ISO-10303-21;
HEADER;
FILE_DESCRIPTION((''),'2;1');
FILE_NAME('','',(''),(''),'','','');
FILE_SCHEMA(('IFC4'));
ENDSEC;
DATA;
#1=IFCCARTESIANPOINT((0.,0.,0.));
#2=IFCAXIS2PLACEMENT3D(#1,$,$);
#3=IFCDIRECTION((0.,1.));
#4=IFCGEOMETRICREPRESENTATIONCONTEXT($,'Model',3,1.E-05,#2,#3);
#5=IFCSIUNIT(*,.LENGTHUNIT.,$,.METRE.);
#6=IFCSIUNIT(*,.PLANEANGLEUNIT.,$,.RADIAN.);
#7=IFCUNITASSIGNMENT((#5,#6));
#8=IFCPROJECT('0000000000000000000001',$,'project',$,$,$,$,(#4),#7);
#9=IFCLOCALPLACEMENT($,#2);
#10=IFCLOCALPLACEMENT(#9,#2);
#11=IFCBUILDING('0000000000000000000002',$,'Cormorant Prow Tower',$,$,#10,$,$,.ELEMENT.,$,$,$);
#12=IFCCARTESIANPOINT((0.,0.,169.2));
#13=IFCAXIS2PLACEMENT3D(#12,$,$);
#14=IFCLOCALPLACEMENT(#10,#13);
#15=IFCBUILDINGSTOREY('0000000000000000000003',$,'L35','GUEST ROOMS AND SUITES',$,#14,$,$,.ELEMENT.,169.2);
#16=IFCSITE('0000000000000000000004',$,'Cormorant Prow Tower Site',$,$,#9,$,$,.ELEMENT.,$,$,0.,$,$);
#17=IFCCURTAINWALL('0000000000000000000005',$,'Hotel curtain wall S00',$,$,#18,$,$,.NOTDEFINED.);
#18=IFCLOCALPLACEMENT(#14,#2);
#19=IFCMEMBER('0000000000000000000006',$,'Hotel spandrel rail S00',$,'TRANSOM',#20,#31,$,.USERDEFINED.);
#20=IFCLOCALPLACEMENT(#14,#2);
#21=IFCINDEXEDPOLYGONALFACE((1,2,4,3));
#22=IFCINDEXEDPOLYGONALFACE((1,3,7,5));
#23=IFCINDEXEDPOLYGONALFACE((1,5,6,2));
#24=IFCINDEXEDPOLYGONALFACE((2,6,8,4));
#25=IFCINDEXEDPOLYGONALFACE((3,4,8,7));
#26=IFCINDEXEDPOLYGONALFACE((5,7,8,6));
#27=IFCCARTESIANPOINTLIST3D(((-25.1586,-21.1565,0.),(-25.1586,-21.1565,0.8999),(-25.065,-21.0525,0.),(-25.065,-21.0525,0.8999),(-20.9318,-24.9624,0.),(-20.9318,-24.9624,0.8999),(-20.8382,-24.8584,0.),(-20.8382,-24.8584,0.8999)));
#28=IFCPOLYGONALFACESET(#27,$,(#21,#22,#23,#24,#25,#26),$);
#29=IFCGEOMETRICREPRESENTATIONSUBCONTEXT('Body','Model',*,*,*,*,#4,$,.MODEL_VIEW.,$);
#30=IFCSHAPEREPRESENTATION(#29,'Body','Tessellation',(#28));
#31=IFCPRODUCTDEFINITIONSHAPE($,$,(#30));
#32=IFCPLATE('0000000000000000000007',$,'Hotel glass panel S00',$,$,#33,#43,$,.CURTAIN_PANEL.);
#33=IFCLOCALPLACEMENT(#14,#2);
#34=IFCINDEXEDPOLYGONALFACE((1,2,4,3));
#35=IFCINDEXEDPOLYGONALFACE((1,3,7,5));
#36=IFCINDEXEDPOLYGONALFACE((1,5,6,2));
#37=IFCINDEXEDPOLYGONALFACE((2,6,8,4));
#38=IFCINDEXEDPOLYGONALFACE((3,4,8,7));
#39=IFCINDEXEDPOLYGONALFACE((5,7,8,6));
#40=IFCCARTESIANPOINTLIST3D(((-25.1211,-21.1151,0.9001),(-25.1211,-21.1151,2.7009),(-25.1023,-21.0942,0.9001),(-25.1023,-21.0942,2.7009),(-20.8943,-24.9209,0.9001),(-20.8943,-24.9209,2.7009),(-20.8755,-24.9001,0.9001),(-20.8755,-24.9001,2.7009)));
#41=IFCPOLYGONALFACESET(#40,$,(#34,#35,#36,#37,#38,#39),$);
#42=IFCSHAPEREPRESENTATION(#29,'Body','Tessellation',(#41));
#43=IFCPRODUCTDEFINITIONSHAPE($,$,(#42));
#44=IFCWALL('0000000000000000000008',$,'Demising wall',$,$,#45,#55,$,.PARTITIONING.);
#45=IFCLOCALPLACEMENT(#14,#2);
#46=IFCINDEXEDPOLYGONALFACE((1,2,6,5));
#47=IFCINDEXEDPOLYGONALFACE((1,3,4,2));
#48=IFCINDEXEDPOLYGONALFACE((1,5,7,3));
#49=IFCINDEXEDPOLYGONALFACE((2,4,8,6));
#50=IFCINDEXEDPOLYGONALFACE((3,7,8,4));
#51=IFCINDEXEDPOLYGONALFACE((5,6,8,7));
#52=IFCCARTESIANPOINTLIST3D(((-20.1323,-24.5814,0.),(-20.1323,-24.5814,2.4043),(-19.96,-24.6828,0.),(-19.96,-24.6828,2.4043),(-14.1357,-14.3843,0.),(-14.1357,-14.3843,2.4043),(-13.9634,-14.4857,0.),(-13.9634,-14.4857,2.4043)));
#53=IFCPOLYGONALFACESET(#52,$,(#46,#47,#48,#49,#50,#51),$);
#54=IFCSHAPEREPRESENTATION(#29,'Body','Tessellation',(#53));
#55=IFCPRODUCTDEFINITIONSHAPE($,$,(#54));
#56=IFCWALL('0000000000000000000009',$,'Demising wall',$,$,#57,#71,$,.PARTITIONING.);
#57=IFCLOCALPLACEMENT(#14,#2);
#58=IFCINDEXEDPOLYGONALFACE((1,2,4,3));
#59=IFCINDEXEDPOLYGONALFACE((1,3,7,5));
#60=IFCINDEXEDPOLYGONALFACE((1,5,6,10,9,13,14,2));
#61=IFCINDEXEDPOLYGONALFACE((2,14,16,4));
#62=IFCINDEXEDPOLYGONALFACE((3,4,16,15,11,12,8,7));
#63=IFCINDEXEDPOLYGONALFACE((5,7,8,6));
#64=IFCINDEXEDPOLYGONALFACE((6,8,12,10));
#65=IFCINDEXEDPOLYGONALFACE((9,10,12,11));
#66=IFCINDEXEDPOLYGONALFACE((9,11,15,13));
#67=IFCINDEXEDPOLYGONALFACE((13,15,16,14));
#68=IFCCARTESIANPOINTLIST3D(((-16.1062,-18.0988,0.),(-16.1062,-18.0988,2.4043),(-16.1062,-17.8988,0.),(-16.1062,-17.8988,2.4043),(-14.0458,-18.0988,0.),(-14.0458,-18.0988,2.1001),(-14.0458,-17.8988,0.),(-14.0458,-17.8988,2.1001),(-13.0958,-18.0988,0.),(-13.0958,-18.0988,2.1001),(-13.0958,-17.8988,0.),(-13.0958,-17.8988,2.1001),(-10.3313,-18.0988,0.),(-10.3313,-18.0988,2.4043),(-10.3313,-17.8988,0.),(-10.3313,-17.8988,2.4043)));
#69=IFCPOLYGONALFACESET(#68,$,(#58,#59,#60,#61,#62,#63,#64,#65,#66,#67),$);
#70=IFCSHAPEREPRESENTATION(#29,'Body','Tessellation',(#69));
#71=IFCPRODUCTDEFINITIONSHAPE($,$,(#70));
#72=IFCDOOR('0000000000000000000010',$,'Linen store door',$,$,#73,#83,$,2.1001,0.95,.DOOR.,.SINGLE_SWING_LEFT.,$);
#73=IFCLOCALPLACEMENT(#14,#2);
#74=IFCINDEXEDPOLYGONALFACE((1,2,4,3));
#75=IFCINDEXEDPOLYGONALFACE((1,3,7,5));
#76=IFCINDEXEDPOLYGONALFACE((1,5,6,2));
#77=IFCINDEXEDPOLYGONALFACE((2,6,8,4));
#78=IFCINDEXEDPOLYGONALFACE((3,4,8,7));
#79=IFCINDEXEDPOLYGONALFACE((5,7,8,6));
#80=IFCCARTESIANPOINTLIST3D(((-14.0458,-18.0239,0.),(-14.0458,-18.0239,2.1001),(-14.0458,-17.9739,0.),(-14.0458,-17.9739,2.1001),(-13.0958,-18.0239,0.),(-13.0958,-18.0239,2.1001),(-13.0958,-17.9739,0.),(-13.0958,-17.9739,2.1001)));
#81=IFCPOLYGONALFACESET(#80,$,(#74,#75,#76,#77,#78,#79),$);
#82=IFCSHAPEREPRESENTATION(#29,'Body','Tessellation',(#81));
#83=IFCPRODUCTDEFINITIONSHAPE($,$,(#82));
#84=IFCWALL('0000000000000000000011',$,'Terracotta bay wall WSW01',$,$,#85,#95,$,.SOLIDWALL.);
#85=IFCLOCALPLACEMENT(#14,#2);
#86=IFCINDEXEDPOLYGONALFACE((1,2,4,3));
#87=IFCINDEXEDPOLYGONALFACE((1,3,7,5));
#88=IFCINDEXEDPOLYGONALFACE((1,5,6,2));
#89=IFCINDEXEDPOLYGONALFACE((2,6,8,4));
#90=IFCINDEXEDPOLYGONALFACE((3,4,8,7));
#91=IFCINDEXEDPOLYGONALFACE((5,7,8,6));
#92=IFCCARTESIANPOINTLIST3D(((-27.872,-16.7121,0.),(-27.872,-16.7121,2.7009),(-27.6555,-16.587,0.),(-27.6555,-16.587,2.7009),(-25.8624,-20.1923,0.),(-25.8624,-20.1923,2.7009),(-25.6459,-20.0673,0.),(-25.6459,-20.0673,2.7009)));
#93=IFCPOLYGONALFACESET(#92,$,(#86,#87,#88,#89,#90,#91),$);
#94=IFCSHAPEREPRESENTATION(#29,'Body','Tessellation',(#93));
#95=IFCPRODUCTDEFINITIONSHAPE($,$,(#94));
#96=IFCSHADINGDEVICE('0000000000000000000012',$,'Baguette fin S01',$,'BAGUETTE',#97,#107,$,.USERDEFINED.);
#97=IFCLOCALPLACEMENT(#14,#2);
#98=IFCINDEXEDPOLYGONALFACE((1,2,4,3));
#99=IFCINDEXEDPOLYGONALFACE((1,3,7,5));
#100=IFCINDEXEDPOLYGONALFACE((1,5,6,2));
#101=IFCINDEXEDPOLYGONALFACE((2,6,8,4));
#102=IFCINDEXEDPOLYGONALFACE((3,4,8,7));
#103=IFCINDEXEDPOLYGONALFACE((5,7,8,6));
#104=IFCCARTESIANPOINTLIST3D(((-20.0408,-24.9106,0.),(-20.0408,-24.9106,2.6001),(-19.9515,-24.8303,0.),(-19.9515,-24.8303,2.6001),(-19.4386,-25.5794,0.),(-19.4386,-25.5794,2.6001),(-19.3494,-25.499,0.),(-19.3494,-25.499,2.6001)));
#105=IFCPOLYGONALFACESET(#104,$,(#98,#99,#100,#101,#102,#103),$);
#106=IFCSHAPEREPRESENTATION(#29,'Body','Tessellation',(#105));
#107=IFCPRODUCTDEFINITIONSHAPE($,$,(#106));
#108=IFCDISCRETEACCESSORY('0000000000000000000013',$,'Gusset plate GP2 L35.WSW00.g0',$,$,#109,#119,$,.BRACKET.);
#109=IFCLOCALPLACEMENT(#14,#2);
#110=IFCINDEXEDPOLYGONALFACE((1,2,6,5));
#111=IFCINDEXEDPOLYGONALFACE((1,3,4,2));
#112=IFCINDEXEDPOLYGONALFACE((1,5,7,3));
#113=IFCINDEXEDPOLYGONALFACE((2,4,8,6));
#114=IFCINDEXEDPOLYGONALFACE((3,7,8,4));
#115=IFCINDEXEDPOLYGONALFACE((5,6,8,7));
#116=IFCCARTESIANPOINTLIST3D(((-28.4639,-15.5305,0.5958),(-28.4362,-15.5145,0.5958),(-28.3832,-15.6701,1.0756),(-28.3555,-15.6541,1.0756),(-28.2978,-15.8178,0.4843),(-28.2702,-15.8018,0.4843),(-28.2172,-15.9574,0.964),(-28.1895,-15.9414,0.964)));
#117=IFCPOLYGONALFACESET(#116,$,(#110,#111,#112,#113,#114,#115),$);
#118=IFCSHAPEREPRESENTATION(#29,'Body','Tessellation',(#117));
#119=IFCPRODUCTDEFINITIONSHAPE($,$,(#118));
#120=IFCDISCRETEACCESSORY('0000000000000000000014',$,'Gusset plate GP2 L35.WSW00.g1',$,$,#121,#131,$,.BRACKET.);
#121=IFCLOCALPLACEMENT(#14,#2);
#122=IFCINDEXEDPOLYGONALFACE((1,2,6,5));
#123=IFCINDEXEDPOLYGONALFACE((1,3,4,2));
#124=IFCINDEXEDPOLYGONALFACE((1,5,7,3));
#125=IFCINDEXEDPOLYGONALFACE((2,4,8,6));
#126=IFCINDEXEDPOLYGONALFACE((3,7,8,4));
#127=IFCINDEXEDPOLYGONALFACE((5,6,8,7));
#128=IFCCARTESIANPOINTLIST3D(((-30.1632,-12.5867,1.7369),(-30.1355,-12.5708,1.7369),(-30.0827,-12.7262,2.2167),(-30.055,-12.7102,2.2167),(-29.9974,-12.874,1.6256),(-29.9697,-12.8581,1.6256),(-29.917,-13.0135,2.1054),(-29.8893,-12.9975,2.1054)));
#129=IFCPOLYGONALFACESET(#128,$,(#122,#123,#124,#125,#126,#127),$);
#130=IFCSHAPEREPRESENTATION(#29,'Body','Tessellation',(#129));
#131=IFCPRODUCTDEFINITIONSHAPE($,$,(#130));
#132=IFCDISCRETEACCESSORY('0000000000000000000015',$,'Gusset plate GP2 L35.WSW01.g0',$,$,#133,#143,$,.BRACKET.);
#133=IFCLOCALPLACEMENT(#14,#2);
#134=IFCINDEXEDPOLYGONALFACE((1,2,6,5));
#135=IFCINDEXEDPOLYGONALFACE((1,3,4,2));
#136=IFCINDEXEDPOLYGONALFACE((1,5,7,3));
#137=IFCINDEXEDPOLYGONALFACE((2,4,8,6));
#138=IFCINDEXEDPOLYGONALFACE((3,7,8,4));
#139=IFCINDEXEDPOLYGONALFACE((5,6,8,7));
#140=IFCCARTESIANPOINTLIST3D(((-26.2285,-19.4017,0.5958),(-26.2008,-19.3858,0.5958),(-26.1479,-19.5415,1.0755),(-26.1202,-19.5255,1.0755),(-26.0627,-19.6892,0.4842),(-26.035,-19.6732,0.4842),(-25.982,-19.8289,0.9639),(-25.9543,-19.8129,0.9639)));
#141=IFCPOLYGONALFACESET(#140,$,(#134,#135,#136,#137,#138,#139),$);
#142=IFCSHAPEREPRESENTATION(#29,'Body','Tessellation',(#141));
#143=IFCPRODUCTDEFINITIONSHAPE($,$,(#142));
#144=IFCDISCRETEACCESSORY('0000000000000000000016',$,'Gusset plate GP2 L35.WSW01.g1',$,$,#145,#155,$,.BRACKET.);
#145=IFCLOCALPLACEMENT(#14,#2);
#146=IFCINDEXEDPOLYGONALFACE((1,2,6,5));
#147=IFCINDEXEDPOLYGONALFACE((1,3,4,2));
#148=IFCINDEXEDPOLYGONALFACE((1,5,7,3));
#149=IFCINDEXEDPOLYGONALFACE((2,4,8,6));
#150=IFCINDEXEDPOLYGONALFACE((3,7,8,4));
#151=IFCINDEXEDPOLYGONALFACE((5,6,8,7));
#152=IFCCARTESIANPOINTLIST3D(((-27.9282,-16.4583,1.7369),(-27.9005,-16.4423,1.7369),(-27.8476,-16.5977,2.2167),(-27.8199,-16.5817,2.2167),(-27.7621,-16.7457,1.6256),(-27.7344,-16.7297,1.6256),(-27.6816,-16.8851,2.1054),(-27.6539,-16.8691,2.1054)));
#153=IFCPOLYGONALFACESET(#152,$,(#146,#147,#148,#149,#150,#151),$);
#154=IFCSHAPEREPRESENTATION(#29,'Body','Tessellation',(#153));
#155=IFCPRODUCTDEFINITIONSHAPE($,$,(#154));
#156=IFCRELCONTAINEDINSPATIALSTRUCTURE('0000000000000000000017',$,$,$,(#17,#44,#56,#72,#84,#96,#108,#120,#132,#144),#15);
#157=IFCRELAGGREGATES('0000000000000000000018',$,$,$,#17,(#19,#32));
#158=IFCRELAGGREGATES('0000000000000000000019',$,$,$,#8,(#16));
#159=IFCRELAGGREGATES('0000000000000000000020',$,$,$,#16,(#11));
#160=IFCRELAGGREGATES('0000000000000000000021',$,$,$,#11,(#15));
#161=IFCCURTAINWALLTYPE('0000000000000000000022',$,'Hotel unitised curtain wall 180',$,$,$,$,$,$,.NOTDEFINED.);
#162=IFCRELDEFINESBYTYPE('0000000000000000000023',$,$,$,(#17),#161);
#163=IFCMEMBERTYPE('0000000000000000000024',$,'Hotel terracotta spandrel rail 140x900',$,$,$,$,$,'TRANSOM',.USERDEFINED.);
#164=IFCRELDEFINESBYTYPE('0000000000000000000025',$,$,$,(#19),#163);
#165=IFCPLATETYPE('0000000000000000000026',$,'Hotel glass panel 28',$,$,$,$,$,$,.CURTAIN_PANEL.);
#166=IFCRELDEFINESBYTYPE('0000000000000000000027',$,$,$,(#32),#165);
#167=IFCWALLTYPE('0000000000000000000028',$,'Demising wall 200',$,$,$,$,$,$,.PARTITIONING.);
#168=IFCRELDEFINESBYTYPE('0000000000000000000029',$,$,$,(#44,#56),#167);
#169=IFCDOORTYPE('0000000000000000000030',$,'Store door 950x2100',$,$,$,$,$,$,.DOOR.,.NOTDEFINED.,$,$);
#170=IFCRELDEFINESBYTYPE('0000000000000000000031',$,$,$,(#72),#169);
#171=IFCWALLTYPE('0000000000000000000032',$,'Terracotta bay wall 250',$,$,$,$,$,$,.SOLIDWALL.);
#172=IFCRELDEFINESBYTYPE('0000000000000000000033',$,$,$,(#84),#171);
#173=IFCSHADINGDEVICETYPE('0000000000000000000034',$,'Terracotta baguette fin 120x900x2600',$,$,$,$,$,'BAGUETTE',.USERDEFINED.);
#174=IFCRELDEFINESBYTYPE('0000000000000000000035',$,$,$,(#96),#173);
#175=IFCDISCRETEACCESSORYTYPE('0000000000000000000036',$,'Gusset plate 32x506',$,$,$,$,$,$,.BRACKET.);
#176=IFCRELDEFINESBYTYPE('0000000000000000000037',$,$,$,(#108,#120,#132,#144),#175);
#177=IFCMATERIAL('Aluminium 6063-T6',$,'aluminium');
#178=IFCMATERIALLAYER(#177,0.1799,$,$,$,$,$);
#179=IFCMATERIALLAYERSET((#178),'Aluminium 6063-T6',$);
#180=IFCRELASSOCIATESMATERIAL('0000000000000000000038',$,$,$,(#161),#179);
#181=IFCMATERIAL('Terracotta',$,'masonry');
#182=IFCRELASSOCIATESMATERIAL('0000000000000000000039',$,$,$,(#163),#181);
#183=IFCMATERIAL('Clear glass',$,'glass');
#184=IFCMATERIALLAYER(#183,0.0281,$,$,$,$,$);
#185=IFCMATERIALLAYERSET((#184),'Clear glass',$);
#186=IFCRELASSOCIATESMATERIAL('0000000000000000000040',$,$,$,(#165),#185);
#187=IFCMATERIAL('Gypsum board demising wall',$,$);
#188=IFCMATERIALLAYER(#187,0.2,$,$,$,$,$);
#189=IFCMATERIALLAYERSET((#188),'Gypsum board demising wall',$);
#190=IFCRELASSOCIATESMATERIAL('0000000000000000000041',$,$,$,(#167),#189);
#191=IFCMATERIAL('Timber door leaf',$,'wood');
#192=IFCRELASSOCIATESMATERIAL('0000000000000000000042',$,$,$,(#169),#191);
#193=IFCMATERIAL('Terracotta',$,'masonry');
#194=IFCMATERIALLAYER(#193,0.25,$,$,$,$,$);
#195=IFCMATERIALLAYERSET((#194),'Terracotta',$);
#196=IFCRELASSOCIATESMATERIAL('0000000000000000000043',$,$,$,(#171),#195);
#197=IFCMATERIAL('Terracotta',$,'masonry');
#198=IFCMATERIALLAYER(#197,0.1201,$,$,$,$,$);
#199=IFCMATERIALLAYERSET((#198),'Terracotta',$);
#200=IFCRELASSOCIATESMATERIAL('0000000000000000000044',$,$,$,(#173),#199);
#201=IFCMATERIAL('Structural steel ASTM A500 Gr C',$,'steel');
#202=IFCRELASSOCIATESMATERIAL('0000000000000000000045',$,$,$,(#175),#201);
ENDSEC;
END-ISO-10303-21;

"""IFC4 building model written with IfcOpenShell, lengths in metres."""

from ifc_helpers import new_model, si_unit, direction, frame, frame_2d, origin, origin_2d, place, context, subcontext, project, spatial, rectangle, extrude, material, layer, layer_set, material_profile, profile_set, type_object, element, fill, aggregate, save


model = new_model("IFC4")

# Units and contexts
model_context = context("Model", 3, precision=1e-05, world=origin(), true_north=direction((0.0, 1.0)))
body_context = subcontext(model_context, "Body", "Model", "MODEL_VIEW")
ifc_project = project(units=[si_unit("LENGTHUNIT", "METRE"), si_unit("PLANEANGLEUNIT", "RADIAN")], contexts=[model_context])

# Site, building, storey
site_placement = place(None, origin())
site = spatial("IfcSite", under=ifc_project, at=site_placement, Name="Cormorant Prow Tower Site", CompositionType="ELEMENT", RefElevation=0.0)
building_placement = place(site_placement, origin())
building = spatial("IfcBuilding", under=site, at=building_placement, Name="Cormorant Prow Tower", CompositionType="ELEMENT")
storey_placement = place(building_placement, frame((0.0, 0.0, 169.2)))
storey = spatial("IfcBuildingStorey", under=building, at=storey_placement, Name="L35", Description="GUEST ROOMS AND SUITES", CompositionType="ELEMENT", Elevation=169.2)

# Curtain wall, member, plate
ifc_material_1 = material(Name="Aluminium 6063-T6", Category="aluminium")
ifc_layer_1 = layer(ifc_material_1, 0.1799)
ifc_layer_set_1 = layer_set([ifc_layer_1], Name="Aluminium 6063-T6")
curtain_wall_type = type_object("IfcCurtainWallType", Name="Hotel unitised curtain wall 180", PredefinedType="NOTDEFINED", material=ifc_layer_set_1)
curtain_wall_placement = place(storey_placement, origin())
curtain_wall = element("IfcCurtainWall", 1, at=curtain_wall_placement, inside=storey, type_object=curtain_wall_type, Name="Hotel curtain wall S00", PredefinedType="NOTDEFINED")
ifc_material_2 = material(Name="Terracotta", Category="masonry")
ifc_material_profile_1 = material_profile(ifc_material_2, rectangle(XDim=0.1399, YDim=0.8999, at=origin_2d()), Name="Hotel terracotta spandrel rail 140x900")
ifc_profile_set_1 = profile_set([ifc_material_profile_1], Name="Terracotta")
member_type_1 = type_object("IfcMemberType", Name="Hotel terracotta spandrel rail 140x900", ElementType="TRANSOM", PredefinedType="USERDEFINED", material=ifc_profile_set_1)
member_1_placement = place(storey_placement, frame((-25.1118, -21.1045, 0.45), z_axis=(0.743138, -0.669138, 0.0), x_axis=(0.669138, 0.743138, 0.0)))
member_1 = element("IfcMember", 2, at=member_1_placement, type_object=member_type_1, Name="Hotel spandrel rail S00", ObjectType="TRANSOM", PredefinedType="USERDEFINED", context=body_context, shape_type="SweptSolid", body=[
    extrude(rectangle(XDim=0.1399, YDim=0.8999, at=origin_2d()), origin(), (0.0, 0.0, 1.0), 5.6877),
])
ifc_material_3 = material(Name="Clear glass", Category="glass")
ifc_layer_2 = layer(ifc_material_3, 0.0281)
ifc_layer_set_2 = layer_set([ifc_layer_2], Name="Clear glass")
plate_type = type_object("IfcPlateType", Name="Hotel glass panel 28", PredefinedType="CURTAIN_PANEL", material=ifc_layer_set_2)
plate_placement = place(storey_placement, frame((-22.9983, -23.0076, 0.9001), z_axis=(0.0, 0.0, 1.0), x_axis=(0.743145, -0.66913, 0.0)))
plate = element("IfcPlate", 3, at=plate_placement, type_object=plate_type, Name="Hotel glass panel S00", PredefinedType="CURTAIN_PANEL", context=body_context, shape_type="SweptSolid", body=[
    extrude(rectangle(XDim=5.6877, YDim=0.0281, at=origin_2d()), origin(), (0.0, 0.0, 1.0), 1.8008),
])
aggregate(curtain_wall, [member_1, plate])

# Wall
ifc_material_4 = material(Name="Gypsum board demising wall")
ifc_layer_3 = layer(ifc_material_4, 0.2)
ifc_layer_set_3 = layer_set([ifc_layer_3], Name="Gypsum board demising wall")
wall_type_1 = type_object("IfcWallType", Name="Demising wall 200", PredefinedType="PARTITIONING", material=ifc_layer_set_3)
wall_1_placement = place(storey_placement, frame((-20.0461, -24.6321, 0.0), z_axis=(0.0, 0.0, 1.0), x_axis=(0.506915, 0.861996, 0.0)))
element("IfcWall", 4, at=wall_1_placement, inside=storey, type_object=wall_type_1, Name="Demising wall", PredefinedType="PARTITIONING", context=body_context, shape_type="SweptSolid", body=[
    extrude(rectangle(XDim=11.8296, YDim=0.2, at=frame_2d((5.9148, 0.0))), origin(), (0.0, 0.0, 1.0), 2.4043),
])

# Wall, opening, door
wall_2_placement = place(storey_placement, frame((-16.1062, -17.9988, 0.0), z_axis=(0.0, 0.0, 1.0), x_axis=(1.0, 0.0, 0.0)))
wall_2 = element("IfcWall", 5, at=wall_2_placement, inside=storey, type_object=wall_type_1, Name="Demising wall", PredefinedType="PARTITIONING", context=body_context, shape_type="SweptSolid", body=[
    extrude(rectangle(XDim=5.7749, YDim=0.2, at=frame_2d((2.8875, 0.0))), origin(), (0.0, 0.0, 1.0), 2.4043),
])
opening_1_placement = place(wall_2_placement, frame((2.0603, 0.0, 0.0)))
opening_1 = element("IfcOpeningElement", 6, at=opening_1_placement, cuts=wall_2, PredefinedType="OPENING", context=body_context, shape_type="SweptSolid", body=[
    extrude(rectangle(XDim=0.95, YDim=2.1001, at=frame_2d((0.4751, 1.05))), frame((0.0, 0.1099, 0.0), z_axis=(0.0, -1.0, 0.0), x_axis=(1.0, 0.0, 0.0)), (0.0, 0.0, 1.0), 0.22),
])
ifc_material_5 = material(Name="Timber door leaf", Category="wood")
door_type_1 = type_object("IfcDoorType", Name="Store door 950x2100", OperationType="NOTDEFINED", PredefinedType="DOOR", material=ifc_material_5)
door_1_placement = place(opening_1_placement, origin())
door_1 = element("IfcDoor", 7, at=door_1_placement, inside=storey, type_object=door_type_1, Name="Linen store door", OperationType="SINGLE_SWING_LEFT", OverallHeight=2.1001, OverallWidth=0.95, PredefinedType="DOOR", context=body_context, shape_type="SweptSolid", body=[
    extrude(rectangle(XDim=0.95, YDim=2.1001, at=frame_2d((0.4751, 1.05))), frame((0.0, 0.0249, 0.0), z_axis=(0.0, -1.0, 0.0), x_axis=(1.0, 0.0, 0.0)), (0.0, 0.0, 1.0), 0.05),
])
fill(opening_1, door_1)

# Wall
ifc_material_6 = material(Name="Terracotta", Category="masonry")
ifc_layer_4 = layer(ifc_material_6, 0.25)
ifc_layer_set_4 = layer_set([ifc_layer_4], Name="Terracotta")
wall_type_2 = type_object("IfcWallType", Name="Terracotta bay wall 250", PredefinedType="SOLIDWALL", material=ifc_layer_set_4)
wall_3_placement = place(storey_placement, frame((-27.7637, -16.6497, 0.0), z_axis=(0.0, 0.0, 1.0), x_axis=(0.50004, -0.866002, 0.0)))
element("IfcWall", 8, at=wall_3_placement, inside=storey, type_object=wall_type_2, Name="Terracotta bay wall WSW01", PredefinedType="SOLIDWALL", context=body_context, shape_type="SweptSolid", body=[
    extrude(rectangle(XDim=4.0188, YDim=0.25, at=frame_2d((2.0093, 0.0))), origin(), (0.0, 0.0, 1.0), 2.7009),
])

# Shading device
ifc_material_7 = material(Name="Terracotta", Category="masonry")
ifc_layer_5 = layer(ifc_material_7, 0.1201)
ifc_layer_set_5 = layer_set([ifc_layer_5], Name="Terracotta")
shading_device_type = type_object("IfcShadingDeviceType", Name="Terracotta baguette fin 120x900x2600", ElementType="BAGUETTE", PredefinedType="USERDEFINED", material=ifc_layer_set_5)
shading_device_placement = place(storey_placement, frame((-19.6951, -25.2048, 0.0), z_axis=(0.0, 0.0, 1.0), x_axis=(0.743145, 0.669131, 0.0)))
element("IfcShadingDevice", 9, at=shading_device_placement, inside=storey, type_object=shading_device_type, Name="Baguette fin S01", ObjectType="BAGUETTE", PredefinedType="USERDEFINED", context=body_context, shape_type="SweptSolid", body=[
    extrude(rectangle(XDim=0.1201, YDim=0.8999, at=origin_2d()), origin(), (0.0, 0.0, 1.0), 2.6001),
])

# Discrete accessories
ifc_material_8 = material(Name="Structural steel ASTM A500 Gr C", Category="steel")
ifc_material_profile_2 = material_profile(ifc_material_8, rectangle(XDim=0.032, YDim=0.5061, at=origin_2d()), Name="Gusset plate 32x506")
ifc_profile_set_2 = profile_set([ifc_material_profile_2], Name="Structural steel ASTM A500 Gr C")
discrete_accessory_type = type_object("IfcDiscreteAccessoryType", Name="Gusset plate 32x506", PredefinedType="BRACKET", material=ifc_profile_set_2)
discrete_accessory_1_placement = place(storey_placement, frame((-28.4097, -15.5923, 0.8357), z_axis=(0.474172, -0.820737, -0.318672), x_axis=(0.865879, 0.500253, 0.0)))
element("IfcDiscreteAccessory", 10, at=discrete_accessory_1_placement, inside=storey, type_object=discrete_accessory_type, Name="Gusset plate GP2 L35.WSW00.g0", PredefinedType="BRACKET", context=body_context, shape_type="SweptSolid", body=[
    extrude(rectangle(XDim=0.032, YDim=0.5061, at=origin_2d()), origin(), (0.0, 0.0, 1.0), 0.3501),
])
discrete_accessory_2_placement = place(storey_placement, frame((-29.9434, -12.9358, 1.8655), z_axis=(-0.473737, 0.82119, 0.31815), x_axis=(-0.866198, -0.499701, 0.0)))
element("IfcDiscreteAccessory", 11, at=discrete_accessory_2_placement, inside=storey, type_object=discrete_accessory_type, Name="Gusset plate GP2 L35.WSW00.g1", PredefinedType="BRACKET", context=body_context, shape_type="SweptSolid", body=[
    extrude(rectangle(XDim=0.032, YDim=0.5061, at=origin_2d()), origin(), (0.0, 0.0, 1.0), 0.3499),
])
for number, where, z_axis, x_axis, name in (
    (12, (-26.1743, -19.4636, 0.8357), (0.473632, -0.821008, -0.318777), (0.866198, 0.499701, 0.0), "Gusset plate GP2 L35.WSW01.g0"),
    (13, (-27.708, -16.8074, 1.8655), (-0.474278, 0.820919, 0.318045), (-0.865879, -0.500253, 0.0), "Gusset plate GP2 L35.WSW01.g1"),
):
    element("IfcDiscreteAccessory", number, at=place(storey_placement, frame(where, z_axis=z_axis, x_axis=x_axis)), inside=storey, type_object=discrete_accessory_type, Name=name, PredefinedType="BRACKET", context=body_context, shape_type="SweptSolid", body=[
        extrude(rectangle(XDim=0.032, YDim=0.5061, at=origin_2d()), origin(), (0.0, 0.0, 1.0), 0.3501),
    ])

save(model, "model.ifc")
